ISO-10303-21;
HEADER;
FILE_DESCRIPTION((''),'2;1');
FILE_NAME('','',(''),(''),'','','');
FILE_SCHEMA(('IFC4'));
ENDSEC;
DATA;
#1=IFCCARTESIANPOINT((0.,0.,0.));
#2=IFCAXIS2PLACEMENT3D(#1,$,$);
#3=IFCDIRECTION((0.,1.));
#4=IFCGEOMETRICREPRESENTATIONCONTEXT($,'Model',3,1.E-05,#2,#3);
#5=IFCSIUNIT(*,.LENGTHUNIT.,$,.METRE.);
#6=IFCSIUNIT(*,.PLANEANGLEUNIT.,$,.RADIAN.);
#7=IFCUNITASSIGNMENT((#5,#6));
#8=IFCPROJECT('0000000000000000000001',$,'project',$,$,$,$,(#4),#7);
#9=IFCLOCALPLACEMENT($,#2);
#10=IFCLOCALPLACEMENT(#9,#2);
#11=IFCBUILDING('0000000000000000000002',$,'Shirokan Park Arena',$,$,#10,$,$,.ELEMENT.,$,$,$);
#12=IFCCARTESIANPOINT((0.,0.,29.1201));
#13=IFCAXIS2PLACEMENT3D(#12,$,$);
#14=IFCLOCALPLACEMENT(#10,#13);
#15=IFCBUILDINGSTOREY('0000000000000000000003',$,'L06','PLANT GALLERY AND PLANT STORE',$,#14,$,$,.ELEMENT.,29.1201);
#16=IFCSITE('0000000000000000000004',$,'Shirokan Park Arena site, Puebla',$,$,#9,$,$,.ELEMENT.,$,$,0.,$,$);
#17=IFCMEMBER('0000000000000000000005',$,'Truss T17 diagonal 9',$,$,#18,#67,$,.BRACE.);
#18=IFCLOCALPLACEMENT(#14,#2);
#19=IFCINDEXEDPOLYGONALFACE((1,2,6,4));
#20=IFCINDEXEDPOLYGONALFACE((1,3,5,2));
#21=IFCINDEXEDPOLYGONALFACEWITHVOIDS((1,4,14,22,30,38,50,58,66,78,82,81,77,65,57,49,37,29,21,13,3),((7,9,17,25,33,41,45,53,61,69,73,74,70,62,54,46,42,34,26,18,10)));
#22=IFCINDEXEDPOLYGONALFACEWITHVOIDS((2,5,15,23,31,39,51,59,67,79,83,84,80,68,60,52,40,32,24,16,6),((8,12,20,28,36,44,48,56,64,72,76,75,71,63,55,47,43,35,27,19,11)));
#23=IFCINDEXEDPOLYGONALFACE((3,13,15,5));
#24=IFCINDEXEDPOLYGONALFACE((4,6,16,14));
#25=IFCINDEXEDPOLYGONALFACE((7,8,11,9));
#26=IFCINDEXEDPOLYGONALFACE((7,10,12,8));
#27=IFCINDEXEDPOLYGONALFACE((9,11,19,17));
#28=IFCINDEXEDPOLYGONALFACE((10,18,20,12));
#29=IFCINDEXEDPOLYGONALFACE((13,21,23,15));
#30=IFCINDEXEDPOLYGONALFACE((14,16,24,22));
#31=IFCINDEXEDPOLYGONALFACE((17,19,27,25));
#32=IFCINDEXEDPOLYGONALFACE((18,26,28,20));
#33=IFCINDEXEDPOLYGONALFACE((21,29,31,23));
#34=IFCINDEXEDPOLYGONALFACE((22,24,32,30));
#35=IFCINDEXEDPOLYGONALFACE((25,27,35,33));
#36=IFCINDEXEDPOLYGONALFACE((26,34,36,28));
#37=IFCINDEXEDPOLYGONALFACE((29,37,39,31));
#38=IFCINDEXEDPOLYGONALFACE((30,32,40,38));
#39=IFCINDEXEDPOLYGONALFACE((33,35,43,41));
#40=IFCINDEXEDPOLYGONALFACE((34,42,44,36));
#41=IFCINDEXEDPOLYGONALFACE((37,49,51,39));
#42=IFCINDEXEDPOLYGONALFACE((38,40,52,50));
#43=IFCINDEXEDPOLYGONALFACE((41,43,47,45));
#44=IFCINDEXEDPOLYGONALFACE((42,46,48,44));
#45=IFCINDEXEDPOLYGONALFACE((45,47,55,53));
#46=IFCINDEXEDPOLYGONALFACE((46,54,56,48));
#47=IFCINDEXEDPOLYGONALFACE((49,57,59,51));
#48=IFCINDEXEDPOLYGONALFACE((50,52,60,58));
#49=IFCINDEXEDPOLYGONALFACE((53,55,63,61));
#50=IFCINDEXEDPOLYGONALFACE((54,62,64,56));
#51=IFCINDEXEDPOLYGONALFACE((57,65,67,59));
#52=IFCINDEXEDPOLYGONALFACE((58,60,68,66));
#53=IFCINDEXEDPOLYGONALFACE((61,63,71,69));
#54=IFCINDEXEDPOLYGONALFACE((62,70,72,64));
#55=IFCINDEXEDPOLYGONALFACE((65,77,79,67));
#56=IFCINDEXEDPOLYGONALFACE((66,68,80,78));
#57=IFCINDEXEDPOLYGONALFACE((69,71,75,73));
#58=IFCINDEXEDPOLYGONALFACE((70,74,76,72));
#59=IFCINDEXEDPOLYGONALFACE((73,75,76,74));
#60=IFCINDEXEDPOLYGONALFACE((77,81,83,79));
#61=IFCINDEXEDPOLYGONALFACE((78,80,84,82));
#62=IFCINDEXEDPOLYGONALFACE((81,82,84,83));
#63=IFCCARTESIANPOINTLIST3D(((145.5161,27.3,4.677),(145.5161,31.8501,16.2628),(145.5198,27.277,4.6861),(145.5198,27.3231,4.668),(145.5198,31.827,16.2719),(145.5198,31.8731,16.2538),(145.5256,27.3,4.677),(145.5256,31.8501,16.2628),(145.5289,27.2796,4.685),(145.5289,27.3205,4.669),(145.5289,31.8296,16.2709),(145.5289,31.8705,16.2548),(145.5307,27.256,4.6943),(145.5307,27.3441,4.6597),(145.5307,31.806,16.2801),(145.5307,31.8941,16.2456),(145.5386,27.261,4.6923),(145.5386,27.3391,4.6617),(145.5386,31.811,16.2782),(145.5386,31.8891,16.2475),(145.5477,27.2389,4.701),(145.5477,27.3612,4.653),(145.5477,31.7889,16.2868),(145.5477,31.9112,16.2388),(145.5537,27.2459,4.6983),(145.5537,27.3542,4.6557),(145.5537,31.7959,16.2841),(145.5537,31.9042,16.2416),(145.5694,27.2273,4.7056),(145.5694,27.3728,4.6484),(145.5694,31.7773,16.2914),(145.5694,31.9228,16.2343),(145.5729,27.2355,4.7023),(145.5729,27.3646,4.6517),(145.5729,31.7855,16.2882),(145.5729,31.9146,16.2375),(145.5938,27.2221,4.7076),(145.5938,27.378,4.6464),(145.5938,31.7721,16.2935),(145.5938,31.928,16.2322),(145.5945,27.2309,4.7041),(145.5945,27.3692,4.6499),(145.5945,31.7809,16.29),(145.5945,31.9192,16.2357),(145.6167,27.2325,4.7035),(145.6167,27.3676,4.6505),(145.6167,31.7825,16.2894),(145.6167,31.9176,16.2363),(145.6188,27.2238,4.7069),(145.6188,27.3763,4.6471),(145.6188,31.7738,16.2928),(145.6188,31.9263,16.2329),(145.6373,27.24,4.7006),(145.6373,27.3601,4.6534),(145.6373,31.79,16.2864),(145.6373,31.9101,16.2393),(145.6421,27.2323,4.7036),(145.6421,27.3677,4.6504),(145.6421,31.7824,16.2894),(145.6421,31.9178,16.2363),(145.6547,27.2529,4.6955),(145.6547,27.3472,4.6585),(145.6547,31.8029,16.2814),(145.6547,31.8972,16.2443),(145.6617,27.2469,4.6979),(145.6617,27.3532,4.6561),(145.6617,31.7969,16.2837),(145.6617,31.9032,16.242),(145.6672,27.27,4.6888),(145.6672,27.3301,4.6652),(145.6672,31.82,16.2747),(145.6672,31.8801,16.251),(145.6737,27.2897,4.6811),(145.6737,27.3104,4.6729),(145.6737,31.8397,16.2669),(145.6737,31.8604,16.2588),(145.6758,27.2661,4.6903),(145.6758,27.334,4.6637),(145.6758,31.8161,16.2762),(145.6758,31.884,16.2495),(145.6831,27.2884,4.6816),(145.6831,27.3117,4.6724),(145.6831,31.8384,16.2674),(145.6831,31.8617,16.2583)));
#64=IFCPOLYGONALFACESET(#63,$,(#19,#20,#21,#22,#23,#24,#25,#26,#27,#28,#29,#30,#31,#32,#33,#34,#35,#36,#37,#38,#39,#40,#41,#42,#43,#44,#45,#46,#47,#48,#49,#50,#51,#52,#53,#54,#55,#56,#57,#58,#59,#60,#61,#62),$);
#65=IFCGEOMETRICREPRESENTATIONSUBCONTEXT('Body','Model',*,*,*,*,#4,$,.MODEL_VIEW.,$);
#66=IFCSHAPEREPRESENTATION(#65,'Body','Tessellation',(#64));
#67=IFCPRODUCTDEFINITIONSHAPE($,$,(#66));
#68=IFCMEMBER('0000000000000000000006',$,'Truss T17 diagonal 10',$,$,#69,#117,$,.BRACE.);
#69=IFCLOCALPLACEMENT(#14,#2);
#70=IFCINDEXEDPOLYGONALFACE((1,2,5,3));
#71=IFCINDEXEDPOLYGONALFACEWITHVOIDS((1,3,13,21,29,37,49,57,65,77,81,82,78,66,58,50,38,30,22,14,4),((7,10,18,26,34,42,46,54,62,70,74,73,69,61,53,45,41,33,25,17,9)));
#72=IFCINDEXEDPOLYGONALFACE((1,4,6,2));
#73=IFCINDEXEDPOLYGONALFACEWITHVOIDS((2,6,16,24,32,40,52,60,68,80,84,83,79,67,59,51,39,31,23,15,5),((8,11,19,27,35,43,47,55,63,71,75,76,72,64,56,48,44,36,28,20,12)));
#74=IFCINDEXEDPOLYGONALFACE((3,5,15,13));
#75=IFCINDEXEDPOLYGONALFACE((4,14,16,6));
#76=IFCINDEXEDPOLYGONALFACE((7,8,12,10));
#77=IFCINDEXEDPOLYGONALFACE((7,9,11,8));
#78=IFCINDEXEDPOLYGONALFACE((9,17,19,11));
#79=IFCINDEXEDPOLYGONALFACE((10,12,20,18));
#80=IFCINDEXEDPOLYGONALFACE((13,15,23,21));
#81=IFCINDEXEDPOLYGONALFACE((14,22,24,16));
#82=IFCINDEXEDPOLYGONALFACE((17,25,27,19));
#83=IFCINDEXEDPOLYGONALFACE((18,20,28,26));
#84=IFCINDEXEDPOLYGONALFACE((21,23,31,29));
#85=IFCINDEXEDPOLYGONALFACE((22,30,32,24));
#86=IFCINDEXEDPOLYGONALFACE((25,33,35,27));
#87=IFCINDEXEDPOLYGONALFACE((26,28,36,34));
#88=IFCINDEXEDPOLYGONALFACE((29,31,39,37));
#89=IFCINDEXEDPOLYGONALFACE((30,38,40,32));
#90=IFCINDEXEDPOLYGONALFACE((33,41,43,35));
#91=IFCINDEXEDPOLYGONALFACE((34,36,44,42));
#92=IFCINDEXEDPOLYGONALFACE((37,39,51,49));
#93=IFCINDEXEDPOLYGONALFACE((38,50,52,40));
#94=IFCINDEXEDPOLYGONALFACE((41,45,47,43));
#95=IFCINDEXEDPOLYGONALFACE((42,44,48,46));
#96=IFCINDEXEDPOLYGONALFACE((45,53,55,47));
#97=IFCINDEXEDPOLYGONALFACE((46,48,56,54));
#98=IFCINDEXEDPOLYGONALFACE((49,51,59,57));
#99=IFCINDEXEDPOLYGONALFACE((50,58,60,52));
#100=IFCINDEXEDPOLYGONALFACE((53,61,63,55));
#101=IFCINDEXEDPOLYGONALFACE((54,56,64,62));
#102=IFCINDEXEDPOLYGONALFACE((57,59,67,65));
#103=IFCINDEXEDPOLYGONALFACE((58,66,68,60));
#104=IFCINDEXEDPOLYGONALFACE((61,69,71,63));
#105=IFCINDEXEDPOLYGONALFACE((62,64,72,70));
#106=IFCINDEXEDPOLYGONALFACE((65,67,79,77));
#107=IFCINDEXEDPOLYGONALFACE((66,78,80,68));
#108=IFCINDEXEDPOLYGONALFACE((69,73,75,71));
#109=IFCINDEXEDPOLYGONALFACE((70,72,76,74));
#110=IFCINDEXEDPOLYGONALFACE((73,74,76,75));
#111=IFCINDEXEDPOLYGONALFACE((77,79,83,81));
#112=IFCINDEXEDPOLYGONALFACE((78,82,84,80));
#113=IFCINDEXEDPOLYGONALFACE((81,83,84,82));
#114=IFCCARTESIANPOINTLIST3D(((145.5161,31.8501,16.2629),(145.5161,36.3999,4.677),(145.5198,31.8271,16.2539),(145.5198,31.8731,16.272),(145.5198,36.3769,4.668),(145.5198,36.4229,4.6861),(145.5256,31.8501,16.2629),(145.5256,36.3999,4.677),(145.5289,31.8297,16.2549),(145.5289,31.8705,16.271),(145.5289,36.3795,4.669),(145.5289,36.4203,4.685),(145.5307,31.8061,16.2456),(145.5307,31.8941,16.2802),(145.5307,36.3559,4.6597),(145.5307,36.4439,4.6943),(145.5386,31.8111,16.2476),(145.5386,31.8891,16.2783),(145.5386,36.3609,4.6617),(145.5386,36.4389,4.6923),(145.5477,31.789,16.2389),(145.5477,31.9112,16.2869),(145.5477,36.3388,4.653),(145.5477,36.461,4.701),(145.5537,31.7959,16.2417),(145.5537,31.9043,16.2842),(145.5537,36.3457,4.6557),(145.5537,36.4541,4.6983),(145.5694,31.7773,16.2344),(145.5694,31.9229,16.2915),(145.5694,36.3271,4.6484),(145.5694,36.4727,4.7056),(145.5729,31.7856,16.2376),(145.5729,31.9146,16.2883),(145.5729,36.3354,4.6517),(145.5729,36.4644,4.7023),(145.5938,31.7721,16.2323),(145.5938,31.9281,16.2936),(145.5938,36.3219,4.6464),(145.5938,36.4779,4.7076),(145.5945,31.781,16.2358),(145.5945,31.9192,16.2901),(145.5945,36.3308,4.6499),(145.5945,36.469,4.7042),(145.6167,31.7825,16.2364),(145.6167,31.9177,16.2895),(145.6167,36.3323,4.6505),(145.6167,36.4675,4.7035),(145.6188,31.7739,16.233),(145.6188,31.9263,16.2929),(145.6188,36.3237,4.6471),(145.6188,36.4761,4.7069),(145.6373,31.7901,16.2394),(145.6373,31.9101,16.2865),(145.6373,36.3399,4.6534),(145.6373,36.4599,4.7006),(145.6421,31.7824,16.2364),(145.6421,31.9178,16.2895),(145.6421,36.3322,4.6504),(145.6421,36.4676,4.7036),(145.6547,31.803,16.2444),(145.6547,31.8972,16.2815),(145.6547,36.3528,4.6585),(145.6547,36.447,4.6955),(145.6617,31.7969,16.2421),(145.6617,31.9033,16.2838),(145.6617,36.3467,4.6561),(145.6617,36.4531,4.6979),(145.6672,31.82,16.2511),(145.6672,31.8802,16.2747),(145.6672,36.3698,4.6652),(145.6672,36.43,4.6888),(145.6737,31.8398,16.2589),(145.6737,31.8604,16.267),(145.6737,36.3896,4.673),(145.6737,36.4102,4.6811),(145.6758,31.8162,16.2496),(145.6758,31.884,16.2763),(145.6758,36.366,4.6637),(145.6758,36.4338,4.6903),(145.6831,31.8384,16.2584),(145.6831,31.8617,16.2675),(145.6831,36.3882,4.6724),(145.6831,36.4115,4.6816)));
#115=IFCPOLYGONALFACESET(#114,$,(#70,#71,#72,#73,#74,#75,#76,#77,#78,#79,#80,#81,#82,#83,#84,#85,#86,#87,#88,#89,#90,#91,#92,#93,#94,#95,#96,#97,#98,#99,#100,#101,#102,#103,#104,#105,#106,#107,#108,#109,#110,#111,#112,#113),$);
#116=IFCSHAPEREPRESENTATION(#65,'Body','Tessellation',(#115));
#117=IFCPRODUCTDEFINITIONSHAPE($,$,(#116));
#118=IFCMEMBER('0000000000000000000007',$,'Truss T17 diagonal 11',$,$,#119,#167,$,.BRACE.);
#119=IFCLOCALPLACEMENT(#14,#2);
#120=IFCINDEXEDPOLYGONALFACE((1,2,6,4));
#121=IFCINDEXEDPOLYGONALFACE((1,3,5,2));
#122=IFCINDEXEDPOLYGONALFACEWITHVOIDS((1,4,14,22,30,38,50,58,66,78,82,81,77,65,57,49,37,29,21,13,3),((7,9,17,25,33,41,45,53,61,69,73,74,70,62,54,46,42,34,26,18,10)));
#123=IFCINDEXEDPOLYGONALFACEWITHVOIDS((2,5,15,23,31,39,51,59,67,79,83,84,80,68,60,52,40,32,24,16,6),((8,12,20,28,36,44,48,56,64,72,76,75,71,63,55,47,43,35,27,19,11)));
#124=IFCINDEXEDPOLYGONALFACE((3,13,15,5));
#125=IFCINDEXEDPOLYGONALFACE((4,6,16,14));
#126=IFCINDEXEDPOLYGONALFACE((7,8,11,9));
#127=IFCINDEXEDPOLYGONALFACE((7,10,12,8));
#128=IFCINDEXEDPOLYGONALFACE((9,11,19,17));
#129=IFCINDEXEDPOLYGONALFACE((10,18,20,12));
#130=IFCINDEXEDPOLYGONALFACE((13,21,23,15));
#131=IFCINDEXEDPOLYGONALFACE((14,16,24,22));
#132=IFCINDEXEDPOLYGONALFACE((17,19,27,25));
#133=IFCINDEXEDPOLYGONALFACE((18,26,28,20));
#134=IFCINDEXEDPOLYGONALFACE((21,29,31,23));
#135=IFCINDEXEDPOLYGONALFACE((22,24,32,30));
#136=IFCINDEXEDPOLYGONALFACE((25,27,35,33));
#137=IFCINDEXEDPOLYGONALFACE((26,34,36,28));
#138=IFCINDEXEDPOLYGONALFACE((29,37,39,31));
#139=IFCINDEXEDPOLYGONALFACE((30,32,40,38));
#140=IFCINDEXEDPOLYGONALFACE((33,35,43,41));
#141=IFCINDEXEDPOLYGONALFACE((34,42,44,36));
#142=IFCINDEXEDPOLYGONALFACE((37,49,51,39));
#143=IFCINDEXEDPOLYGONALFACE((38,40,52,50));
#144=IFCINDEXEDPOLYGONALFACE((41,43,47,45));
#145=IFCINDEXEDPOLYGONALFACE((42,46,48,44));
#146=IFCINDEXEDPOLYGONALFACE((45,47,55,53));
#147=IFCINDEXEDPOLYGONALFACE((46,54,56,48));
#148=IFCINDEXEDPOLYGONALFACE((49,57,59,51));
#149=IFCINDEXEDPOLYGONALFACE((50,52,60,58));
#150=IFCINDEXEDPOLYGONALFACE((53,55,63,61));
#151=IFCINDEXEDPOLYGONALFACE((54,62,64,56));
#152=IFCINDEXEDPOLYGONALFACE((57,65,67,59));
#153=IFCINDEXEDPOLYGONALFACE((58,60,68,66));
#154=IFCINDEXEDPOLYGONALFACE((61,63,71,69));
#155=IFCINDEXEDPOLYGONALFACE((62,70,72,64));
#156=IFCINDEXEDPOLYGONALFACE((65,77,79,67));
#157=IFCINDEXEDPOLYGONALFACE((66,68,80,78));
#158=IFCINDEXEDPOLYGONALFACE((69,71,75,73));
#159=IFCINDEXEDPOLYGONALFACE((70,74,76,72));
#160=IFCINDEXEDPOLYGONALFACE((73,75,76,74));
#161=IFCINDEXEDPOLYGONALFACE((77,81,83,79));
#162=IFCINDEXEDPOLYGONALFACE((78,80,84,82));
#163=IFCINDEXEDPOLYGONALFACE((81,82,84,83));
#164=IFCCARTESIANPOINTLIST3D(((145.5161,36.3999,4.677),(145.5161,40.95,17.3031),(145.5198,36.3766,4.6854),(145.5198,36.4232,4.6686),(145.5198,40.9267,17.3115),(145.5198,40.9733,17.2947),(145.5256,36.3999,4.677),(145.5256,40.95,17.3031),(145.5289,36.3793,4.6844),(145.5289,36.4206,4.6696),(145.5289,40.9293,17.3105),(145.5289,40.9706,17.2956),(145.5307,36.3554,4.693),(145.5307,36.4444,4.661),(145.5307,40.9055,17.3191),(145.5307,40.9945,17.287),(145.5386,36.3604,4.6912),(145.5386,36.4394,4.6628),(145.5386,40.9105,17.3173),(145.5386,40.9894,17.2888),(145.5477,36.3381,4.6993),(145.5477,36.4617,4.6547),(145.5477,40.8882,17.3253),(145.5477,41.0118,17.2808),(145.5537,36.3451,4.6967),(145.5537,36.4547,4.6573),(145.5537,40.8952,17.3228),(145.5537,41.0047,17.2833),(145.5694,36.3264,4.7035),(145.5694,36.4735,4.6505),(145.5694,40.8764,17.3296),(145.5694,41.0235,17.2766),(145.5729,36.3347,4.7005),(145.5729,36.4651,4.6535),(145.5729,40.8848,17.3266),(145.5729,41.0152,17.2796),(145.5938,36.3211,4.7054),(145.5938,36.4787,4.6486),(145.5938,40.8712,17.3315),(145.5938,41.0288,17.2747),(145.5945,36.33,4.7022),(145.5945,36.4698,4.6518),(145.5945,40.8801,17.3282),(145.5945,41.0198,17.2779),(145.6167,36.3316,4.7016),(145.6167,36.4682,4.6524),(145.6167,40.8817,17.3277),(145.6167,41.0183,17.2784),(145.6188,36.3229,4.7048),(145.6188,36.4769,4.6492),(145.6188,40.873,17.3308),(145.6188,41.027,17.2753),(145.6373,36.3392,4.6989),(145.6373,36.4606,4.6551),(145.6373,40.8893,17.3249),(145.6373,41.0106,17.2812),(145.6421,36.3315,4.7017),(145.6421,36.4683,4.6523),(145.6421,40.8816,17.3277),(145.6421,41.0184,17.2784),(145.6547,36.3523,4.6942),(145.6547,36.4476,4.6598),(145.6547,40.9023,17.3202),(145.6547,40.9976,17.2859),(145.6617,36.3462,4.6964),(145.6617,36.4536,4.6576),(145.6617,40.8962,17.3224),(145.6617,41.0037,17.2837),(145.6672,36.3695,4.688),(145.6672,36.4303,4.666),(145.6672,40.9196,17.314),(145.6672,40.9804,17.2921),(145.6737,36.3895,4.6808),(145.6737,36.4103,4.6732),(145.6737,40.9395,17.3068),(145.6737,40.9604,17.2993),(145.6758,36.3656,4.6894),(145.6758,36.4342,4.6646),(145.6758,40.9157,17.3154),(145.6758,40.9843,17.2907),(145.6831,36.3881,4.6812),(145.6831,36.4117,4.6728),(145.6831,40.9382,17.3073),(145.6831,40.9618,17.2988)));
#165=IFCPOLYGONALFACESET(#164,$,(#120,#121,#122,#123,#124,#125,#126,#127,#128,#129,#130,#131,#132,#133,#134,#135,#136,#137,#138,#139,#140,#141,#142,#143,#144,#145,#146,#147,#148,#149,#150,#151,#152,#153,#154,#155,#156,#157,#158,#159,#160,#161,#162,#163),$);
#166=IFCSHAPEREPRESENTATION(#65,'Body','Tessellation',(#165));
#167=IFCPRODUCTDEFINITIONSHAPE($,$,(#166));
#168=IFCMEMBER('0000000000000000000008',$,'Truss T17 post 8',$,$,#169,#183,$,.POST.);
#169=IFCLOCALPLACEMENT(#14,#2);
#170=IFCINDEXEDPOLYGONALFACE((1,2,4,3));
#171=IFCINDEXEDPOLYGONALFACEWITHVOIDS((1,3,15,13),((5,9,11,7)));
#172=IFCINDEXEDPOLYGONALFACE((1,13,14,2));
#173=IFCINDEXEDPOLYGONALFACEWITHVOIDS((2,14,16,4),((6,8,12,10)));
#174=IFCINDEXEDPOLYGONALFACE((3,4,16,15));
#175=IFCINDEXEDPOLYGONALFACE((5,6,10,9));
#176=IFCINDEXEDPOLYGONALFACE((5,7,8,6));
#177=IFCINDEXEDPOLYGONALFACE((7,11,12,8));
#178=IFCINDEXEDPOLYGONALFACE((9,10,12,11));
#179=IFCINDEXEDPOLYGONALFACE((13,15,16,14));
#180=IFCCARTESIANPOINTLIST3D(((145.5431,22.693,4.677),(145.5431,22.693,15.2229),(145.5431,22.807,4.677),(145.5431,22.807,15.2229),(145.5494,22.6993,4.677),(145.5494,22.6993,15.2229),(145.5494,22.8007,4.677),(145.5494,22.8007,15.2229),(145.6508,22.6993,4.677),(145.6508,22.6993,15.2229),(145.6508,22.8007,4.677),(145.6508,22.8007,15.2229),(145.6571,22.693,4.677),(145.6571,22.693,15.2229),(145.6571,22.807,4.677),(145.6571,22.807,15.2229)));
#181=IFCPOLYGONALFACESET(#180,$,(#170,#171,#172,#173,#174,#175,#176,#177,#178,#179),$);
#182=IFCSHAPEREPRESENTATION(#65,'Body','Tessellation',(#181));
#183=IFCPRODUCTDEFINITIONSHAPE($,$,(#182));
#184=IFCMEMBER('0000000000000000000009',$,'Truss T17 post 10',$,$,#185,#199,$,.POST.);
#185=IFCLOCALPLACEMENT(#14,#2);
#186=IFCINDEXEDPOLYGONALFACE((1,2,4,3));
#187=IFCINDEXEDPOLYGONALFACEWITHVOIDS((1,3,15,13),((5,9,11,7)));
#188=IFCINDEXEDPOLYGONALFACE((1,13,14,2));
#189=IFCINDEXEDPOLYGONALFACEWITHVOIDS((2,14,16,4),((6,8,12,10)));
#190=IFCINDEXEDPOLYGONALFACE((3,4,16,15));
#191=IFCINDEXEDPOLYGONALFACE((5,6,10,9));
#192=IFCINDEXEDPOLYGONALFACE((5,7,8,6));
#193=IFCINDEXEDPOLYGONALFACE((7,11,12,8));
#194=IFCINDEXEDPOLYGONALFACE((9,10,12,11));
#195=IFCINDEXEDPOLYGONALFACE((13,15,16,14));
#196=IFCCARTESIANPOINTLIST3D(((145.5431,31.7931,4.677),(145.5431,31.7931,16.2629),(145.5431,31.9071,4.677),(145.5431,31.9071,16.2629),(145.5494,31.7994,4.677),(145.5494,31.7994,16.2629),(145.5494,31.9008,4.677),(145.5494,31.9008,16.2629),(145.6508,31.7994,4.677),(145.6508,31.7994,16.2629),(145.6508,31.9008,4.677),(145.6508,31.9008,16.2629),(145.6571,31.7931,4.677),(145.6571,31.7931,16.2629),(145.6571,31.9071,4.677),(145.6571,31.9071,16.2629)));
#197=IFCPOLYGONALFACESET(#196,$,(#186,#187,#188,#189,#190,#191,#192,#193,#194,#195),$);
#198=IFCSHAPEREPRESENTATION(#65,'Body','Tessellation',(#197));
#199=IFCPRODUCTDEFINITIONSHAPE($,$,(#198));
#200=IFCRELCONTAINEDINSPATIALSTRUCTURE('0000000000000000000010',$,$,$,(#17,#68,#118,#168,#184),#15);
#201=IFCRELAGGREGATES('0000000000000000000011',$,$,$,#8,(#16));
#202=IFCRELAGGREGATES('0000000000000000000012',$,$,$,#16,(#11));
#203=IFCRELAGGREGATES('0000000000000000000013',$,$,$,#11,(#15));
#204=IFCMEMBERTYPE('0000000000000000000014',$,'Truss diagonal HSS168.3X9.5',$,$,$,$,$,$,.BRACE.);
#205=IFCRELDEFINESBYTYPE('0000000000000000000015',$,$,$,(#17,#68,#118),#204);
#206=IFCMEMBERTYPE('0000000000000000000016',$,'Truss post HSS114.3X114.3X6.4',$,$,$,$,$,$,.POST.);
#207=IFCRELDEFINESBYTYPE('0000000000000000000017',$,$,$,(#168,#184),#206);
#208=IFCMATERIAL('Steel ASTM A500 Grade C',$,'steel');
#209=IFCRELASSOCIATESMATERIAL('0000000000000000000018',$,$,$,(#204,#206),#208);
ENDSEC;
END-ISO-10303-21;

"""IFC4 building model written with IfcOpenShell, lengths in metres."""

from ifc_helpers import new_model, si_unit, direction, frame, origin, origin_2d, place, context, subcontext, project, spatial, hollow_rectangle, hollow_circle, extrude, material, material_profile, profile_set, type_object, element, save


model = new_model("IFC4")

# Units and contexts
model_context = context("Model", 3, precision=1e-05, world=origin(), true_north=direction((0.0, 1.0)))
body_context = subcontext(model_context, "Body", "Model", "MODEL_VIEW")
ifc_project = project(units=[si_unit("LENGTHUNIT", "METRE"), si_unit("PLANEANGLEUNIT", "RADIAN")], contexts=[model_context])

# Site, building, storey
site_placement = place(None, origin())
site = spatial("IfcSite", under=ifc_project, at=site_placement, Name="Shirokan Park Arena site, Puebla", CompositionType="ELEMENT", RefElevation=0.0)
building_placement = place(site_placement, origin())
building = spatial("IfcBuilding", under=site, at=building_placement, Name="Shirokan Park Arena", CompositionType="ELEMENT")
storey_placement = place(building_placement, frame((0.0, 0.0, 29.1201)))
storey = spatial("IfcBuildingStorey", under=building, at=storey_placement, Name="L06", Description="PLANT GALLERY AND PLANT STORE", CompositionType="ELEMENT", Elevation=29.1201)

# Shared definitions
ifc_material_1 = material(Name="Steel ASTM A500 Grade C", Category="steel")

# Members
ifc_material_profile_1 = material_profile(ifc_material_1, hollow_circle(Radius=0.084, WallThickness=0.0095, at=origin_2d()), Name="HSS168.3X9.5")
ifc_profile_set_1 = profile_set([ifc_material_profile_1], Name="Steel ASTM A500 Grade C")
member_type_1 = type_object("IfcMemberType", Name="Truss diagonal HSS168.3X9.5", PredefinedType="BRACE", material=ifc_profile_set_1)
for number, where, z_axis, x_axis, name in (
    (1, (145.6001, 27.3, 4.677), (0.0, 0.365543, 0.930794), (-1.0, 0.0, 0.0), "Truss T17 diagonal 9"),
    (2, (145.6001, 31.8501, 16.2629), (0.0, 0.365526, -0.930801), (-1.0, 0.0, 0.0), "Truss T17 diagonal 10"),
):
    element("IfcMember", number, at=place(storey_placement, frame(where, z_axis=z_axis, x_axis=x_axis)), inside=storey, type_object=member_type_1, Name=name, PredefinedType="BRACE", context=body_context, shape_type="SweptSolid", body=[
        extrude(hollow_circle(Radius=0.084, WallThickness=0.0095, at=origin_2d()), origin(), (0.0, 0.0, 1.0), 12.4473),
    ])
member_1_placement = place(storey_placement, frame((145.6001, 36.3999, 4.677), z_axis=(0.0, 0.339029, 0.940776), x_axis=(-1.0, 0.0, 0.0)))
element("IfcMember", 3, at=member_1_placement, inside=storey, type_object=member_type_1, Name="Truss T17 diagonal 11", PredefinedType="BRACE", context=body_context, shape_type="SweptSolid", body=[
    extrude(hollow_circle(Radius=0.084, WallThickness=0.0095, at=origin_2d()), origin(), (0.0, 0.0, 1.0), 13.4209),
])
ifc_material_profile_2 = material_profile(ifc_material_1, hollow_rectangle(XDim=0.114, YDim=0.114, WallThickness=0.0063, at=origin_2d()), Name="HSS114.3X114.3X6.4")
ifc_profile_set_2 = profile_set([ifc_material_profile_2], Name="Steel ASTM A500 Grade C")
member_type_2 = type_object("IfcMemberType", Name="Truss post HSS114.3X114.3X6.4", PredefinedType="POST", material=ifc_profile_set_2)
member_2_placement = place(storey_placement, frame((145.6001, 22.75, 4.677), z_axis=(0.0, 0.0, 1.0), x_axis=(1.0, 0.0, 0.0)))
element("IfcMember", 4, at=member_2_placement, inside=storey, type_object=member_type_2, Name="Truss T17 post 8", PredefinedType="POST", context=body_context, shape_type="SweptSolid", body=[
    extrude(hollow_rectangle(XDim=0.114, YDim=0.114, WallThickness=0.0063, at=origin_2d()), origin(), (0.0, 0.0, 1.0), 10.5459),
])
member_3_placement = place(storey_placement, frame((145.6001, 31.8501, 4.677), z_axis=(0.0, 0.0, 1.0), x_axis=(1.0, 0.0, 0.0)))
element("IfcMember", 5, at=member_3_placement, inside=storey, type_object=member_type_2, Name="Truss T17 post 10", PredefinedType="POST", context=body_context, shape_type="SweptSolid", body=[
    extrude(hollow_rectangle(XDim=0.114, YDim=0.114, WallThickness=0.0063, at=origin_2d()), origin(), (0.0, 0.0, 1.0), 11.5859),
])

save(model, "model.ifc")
